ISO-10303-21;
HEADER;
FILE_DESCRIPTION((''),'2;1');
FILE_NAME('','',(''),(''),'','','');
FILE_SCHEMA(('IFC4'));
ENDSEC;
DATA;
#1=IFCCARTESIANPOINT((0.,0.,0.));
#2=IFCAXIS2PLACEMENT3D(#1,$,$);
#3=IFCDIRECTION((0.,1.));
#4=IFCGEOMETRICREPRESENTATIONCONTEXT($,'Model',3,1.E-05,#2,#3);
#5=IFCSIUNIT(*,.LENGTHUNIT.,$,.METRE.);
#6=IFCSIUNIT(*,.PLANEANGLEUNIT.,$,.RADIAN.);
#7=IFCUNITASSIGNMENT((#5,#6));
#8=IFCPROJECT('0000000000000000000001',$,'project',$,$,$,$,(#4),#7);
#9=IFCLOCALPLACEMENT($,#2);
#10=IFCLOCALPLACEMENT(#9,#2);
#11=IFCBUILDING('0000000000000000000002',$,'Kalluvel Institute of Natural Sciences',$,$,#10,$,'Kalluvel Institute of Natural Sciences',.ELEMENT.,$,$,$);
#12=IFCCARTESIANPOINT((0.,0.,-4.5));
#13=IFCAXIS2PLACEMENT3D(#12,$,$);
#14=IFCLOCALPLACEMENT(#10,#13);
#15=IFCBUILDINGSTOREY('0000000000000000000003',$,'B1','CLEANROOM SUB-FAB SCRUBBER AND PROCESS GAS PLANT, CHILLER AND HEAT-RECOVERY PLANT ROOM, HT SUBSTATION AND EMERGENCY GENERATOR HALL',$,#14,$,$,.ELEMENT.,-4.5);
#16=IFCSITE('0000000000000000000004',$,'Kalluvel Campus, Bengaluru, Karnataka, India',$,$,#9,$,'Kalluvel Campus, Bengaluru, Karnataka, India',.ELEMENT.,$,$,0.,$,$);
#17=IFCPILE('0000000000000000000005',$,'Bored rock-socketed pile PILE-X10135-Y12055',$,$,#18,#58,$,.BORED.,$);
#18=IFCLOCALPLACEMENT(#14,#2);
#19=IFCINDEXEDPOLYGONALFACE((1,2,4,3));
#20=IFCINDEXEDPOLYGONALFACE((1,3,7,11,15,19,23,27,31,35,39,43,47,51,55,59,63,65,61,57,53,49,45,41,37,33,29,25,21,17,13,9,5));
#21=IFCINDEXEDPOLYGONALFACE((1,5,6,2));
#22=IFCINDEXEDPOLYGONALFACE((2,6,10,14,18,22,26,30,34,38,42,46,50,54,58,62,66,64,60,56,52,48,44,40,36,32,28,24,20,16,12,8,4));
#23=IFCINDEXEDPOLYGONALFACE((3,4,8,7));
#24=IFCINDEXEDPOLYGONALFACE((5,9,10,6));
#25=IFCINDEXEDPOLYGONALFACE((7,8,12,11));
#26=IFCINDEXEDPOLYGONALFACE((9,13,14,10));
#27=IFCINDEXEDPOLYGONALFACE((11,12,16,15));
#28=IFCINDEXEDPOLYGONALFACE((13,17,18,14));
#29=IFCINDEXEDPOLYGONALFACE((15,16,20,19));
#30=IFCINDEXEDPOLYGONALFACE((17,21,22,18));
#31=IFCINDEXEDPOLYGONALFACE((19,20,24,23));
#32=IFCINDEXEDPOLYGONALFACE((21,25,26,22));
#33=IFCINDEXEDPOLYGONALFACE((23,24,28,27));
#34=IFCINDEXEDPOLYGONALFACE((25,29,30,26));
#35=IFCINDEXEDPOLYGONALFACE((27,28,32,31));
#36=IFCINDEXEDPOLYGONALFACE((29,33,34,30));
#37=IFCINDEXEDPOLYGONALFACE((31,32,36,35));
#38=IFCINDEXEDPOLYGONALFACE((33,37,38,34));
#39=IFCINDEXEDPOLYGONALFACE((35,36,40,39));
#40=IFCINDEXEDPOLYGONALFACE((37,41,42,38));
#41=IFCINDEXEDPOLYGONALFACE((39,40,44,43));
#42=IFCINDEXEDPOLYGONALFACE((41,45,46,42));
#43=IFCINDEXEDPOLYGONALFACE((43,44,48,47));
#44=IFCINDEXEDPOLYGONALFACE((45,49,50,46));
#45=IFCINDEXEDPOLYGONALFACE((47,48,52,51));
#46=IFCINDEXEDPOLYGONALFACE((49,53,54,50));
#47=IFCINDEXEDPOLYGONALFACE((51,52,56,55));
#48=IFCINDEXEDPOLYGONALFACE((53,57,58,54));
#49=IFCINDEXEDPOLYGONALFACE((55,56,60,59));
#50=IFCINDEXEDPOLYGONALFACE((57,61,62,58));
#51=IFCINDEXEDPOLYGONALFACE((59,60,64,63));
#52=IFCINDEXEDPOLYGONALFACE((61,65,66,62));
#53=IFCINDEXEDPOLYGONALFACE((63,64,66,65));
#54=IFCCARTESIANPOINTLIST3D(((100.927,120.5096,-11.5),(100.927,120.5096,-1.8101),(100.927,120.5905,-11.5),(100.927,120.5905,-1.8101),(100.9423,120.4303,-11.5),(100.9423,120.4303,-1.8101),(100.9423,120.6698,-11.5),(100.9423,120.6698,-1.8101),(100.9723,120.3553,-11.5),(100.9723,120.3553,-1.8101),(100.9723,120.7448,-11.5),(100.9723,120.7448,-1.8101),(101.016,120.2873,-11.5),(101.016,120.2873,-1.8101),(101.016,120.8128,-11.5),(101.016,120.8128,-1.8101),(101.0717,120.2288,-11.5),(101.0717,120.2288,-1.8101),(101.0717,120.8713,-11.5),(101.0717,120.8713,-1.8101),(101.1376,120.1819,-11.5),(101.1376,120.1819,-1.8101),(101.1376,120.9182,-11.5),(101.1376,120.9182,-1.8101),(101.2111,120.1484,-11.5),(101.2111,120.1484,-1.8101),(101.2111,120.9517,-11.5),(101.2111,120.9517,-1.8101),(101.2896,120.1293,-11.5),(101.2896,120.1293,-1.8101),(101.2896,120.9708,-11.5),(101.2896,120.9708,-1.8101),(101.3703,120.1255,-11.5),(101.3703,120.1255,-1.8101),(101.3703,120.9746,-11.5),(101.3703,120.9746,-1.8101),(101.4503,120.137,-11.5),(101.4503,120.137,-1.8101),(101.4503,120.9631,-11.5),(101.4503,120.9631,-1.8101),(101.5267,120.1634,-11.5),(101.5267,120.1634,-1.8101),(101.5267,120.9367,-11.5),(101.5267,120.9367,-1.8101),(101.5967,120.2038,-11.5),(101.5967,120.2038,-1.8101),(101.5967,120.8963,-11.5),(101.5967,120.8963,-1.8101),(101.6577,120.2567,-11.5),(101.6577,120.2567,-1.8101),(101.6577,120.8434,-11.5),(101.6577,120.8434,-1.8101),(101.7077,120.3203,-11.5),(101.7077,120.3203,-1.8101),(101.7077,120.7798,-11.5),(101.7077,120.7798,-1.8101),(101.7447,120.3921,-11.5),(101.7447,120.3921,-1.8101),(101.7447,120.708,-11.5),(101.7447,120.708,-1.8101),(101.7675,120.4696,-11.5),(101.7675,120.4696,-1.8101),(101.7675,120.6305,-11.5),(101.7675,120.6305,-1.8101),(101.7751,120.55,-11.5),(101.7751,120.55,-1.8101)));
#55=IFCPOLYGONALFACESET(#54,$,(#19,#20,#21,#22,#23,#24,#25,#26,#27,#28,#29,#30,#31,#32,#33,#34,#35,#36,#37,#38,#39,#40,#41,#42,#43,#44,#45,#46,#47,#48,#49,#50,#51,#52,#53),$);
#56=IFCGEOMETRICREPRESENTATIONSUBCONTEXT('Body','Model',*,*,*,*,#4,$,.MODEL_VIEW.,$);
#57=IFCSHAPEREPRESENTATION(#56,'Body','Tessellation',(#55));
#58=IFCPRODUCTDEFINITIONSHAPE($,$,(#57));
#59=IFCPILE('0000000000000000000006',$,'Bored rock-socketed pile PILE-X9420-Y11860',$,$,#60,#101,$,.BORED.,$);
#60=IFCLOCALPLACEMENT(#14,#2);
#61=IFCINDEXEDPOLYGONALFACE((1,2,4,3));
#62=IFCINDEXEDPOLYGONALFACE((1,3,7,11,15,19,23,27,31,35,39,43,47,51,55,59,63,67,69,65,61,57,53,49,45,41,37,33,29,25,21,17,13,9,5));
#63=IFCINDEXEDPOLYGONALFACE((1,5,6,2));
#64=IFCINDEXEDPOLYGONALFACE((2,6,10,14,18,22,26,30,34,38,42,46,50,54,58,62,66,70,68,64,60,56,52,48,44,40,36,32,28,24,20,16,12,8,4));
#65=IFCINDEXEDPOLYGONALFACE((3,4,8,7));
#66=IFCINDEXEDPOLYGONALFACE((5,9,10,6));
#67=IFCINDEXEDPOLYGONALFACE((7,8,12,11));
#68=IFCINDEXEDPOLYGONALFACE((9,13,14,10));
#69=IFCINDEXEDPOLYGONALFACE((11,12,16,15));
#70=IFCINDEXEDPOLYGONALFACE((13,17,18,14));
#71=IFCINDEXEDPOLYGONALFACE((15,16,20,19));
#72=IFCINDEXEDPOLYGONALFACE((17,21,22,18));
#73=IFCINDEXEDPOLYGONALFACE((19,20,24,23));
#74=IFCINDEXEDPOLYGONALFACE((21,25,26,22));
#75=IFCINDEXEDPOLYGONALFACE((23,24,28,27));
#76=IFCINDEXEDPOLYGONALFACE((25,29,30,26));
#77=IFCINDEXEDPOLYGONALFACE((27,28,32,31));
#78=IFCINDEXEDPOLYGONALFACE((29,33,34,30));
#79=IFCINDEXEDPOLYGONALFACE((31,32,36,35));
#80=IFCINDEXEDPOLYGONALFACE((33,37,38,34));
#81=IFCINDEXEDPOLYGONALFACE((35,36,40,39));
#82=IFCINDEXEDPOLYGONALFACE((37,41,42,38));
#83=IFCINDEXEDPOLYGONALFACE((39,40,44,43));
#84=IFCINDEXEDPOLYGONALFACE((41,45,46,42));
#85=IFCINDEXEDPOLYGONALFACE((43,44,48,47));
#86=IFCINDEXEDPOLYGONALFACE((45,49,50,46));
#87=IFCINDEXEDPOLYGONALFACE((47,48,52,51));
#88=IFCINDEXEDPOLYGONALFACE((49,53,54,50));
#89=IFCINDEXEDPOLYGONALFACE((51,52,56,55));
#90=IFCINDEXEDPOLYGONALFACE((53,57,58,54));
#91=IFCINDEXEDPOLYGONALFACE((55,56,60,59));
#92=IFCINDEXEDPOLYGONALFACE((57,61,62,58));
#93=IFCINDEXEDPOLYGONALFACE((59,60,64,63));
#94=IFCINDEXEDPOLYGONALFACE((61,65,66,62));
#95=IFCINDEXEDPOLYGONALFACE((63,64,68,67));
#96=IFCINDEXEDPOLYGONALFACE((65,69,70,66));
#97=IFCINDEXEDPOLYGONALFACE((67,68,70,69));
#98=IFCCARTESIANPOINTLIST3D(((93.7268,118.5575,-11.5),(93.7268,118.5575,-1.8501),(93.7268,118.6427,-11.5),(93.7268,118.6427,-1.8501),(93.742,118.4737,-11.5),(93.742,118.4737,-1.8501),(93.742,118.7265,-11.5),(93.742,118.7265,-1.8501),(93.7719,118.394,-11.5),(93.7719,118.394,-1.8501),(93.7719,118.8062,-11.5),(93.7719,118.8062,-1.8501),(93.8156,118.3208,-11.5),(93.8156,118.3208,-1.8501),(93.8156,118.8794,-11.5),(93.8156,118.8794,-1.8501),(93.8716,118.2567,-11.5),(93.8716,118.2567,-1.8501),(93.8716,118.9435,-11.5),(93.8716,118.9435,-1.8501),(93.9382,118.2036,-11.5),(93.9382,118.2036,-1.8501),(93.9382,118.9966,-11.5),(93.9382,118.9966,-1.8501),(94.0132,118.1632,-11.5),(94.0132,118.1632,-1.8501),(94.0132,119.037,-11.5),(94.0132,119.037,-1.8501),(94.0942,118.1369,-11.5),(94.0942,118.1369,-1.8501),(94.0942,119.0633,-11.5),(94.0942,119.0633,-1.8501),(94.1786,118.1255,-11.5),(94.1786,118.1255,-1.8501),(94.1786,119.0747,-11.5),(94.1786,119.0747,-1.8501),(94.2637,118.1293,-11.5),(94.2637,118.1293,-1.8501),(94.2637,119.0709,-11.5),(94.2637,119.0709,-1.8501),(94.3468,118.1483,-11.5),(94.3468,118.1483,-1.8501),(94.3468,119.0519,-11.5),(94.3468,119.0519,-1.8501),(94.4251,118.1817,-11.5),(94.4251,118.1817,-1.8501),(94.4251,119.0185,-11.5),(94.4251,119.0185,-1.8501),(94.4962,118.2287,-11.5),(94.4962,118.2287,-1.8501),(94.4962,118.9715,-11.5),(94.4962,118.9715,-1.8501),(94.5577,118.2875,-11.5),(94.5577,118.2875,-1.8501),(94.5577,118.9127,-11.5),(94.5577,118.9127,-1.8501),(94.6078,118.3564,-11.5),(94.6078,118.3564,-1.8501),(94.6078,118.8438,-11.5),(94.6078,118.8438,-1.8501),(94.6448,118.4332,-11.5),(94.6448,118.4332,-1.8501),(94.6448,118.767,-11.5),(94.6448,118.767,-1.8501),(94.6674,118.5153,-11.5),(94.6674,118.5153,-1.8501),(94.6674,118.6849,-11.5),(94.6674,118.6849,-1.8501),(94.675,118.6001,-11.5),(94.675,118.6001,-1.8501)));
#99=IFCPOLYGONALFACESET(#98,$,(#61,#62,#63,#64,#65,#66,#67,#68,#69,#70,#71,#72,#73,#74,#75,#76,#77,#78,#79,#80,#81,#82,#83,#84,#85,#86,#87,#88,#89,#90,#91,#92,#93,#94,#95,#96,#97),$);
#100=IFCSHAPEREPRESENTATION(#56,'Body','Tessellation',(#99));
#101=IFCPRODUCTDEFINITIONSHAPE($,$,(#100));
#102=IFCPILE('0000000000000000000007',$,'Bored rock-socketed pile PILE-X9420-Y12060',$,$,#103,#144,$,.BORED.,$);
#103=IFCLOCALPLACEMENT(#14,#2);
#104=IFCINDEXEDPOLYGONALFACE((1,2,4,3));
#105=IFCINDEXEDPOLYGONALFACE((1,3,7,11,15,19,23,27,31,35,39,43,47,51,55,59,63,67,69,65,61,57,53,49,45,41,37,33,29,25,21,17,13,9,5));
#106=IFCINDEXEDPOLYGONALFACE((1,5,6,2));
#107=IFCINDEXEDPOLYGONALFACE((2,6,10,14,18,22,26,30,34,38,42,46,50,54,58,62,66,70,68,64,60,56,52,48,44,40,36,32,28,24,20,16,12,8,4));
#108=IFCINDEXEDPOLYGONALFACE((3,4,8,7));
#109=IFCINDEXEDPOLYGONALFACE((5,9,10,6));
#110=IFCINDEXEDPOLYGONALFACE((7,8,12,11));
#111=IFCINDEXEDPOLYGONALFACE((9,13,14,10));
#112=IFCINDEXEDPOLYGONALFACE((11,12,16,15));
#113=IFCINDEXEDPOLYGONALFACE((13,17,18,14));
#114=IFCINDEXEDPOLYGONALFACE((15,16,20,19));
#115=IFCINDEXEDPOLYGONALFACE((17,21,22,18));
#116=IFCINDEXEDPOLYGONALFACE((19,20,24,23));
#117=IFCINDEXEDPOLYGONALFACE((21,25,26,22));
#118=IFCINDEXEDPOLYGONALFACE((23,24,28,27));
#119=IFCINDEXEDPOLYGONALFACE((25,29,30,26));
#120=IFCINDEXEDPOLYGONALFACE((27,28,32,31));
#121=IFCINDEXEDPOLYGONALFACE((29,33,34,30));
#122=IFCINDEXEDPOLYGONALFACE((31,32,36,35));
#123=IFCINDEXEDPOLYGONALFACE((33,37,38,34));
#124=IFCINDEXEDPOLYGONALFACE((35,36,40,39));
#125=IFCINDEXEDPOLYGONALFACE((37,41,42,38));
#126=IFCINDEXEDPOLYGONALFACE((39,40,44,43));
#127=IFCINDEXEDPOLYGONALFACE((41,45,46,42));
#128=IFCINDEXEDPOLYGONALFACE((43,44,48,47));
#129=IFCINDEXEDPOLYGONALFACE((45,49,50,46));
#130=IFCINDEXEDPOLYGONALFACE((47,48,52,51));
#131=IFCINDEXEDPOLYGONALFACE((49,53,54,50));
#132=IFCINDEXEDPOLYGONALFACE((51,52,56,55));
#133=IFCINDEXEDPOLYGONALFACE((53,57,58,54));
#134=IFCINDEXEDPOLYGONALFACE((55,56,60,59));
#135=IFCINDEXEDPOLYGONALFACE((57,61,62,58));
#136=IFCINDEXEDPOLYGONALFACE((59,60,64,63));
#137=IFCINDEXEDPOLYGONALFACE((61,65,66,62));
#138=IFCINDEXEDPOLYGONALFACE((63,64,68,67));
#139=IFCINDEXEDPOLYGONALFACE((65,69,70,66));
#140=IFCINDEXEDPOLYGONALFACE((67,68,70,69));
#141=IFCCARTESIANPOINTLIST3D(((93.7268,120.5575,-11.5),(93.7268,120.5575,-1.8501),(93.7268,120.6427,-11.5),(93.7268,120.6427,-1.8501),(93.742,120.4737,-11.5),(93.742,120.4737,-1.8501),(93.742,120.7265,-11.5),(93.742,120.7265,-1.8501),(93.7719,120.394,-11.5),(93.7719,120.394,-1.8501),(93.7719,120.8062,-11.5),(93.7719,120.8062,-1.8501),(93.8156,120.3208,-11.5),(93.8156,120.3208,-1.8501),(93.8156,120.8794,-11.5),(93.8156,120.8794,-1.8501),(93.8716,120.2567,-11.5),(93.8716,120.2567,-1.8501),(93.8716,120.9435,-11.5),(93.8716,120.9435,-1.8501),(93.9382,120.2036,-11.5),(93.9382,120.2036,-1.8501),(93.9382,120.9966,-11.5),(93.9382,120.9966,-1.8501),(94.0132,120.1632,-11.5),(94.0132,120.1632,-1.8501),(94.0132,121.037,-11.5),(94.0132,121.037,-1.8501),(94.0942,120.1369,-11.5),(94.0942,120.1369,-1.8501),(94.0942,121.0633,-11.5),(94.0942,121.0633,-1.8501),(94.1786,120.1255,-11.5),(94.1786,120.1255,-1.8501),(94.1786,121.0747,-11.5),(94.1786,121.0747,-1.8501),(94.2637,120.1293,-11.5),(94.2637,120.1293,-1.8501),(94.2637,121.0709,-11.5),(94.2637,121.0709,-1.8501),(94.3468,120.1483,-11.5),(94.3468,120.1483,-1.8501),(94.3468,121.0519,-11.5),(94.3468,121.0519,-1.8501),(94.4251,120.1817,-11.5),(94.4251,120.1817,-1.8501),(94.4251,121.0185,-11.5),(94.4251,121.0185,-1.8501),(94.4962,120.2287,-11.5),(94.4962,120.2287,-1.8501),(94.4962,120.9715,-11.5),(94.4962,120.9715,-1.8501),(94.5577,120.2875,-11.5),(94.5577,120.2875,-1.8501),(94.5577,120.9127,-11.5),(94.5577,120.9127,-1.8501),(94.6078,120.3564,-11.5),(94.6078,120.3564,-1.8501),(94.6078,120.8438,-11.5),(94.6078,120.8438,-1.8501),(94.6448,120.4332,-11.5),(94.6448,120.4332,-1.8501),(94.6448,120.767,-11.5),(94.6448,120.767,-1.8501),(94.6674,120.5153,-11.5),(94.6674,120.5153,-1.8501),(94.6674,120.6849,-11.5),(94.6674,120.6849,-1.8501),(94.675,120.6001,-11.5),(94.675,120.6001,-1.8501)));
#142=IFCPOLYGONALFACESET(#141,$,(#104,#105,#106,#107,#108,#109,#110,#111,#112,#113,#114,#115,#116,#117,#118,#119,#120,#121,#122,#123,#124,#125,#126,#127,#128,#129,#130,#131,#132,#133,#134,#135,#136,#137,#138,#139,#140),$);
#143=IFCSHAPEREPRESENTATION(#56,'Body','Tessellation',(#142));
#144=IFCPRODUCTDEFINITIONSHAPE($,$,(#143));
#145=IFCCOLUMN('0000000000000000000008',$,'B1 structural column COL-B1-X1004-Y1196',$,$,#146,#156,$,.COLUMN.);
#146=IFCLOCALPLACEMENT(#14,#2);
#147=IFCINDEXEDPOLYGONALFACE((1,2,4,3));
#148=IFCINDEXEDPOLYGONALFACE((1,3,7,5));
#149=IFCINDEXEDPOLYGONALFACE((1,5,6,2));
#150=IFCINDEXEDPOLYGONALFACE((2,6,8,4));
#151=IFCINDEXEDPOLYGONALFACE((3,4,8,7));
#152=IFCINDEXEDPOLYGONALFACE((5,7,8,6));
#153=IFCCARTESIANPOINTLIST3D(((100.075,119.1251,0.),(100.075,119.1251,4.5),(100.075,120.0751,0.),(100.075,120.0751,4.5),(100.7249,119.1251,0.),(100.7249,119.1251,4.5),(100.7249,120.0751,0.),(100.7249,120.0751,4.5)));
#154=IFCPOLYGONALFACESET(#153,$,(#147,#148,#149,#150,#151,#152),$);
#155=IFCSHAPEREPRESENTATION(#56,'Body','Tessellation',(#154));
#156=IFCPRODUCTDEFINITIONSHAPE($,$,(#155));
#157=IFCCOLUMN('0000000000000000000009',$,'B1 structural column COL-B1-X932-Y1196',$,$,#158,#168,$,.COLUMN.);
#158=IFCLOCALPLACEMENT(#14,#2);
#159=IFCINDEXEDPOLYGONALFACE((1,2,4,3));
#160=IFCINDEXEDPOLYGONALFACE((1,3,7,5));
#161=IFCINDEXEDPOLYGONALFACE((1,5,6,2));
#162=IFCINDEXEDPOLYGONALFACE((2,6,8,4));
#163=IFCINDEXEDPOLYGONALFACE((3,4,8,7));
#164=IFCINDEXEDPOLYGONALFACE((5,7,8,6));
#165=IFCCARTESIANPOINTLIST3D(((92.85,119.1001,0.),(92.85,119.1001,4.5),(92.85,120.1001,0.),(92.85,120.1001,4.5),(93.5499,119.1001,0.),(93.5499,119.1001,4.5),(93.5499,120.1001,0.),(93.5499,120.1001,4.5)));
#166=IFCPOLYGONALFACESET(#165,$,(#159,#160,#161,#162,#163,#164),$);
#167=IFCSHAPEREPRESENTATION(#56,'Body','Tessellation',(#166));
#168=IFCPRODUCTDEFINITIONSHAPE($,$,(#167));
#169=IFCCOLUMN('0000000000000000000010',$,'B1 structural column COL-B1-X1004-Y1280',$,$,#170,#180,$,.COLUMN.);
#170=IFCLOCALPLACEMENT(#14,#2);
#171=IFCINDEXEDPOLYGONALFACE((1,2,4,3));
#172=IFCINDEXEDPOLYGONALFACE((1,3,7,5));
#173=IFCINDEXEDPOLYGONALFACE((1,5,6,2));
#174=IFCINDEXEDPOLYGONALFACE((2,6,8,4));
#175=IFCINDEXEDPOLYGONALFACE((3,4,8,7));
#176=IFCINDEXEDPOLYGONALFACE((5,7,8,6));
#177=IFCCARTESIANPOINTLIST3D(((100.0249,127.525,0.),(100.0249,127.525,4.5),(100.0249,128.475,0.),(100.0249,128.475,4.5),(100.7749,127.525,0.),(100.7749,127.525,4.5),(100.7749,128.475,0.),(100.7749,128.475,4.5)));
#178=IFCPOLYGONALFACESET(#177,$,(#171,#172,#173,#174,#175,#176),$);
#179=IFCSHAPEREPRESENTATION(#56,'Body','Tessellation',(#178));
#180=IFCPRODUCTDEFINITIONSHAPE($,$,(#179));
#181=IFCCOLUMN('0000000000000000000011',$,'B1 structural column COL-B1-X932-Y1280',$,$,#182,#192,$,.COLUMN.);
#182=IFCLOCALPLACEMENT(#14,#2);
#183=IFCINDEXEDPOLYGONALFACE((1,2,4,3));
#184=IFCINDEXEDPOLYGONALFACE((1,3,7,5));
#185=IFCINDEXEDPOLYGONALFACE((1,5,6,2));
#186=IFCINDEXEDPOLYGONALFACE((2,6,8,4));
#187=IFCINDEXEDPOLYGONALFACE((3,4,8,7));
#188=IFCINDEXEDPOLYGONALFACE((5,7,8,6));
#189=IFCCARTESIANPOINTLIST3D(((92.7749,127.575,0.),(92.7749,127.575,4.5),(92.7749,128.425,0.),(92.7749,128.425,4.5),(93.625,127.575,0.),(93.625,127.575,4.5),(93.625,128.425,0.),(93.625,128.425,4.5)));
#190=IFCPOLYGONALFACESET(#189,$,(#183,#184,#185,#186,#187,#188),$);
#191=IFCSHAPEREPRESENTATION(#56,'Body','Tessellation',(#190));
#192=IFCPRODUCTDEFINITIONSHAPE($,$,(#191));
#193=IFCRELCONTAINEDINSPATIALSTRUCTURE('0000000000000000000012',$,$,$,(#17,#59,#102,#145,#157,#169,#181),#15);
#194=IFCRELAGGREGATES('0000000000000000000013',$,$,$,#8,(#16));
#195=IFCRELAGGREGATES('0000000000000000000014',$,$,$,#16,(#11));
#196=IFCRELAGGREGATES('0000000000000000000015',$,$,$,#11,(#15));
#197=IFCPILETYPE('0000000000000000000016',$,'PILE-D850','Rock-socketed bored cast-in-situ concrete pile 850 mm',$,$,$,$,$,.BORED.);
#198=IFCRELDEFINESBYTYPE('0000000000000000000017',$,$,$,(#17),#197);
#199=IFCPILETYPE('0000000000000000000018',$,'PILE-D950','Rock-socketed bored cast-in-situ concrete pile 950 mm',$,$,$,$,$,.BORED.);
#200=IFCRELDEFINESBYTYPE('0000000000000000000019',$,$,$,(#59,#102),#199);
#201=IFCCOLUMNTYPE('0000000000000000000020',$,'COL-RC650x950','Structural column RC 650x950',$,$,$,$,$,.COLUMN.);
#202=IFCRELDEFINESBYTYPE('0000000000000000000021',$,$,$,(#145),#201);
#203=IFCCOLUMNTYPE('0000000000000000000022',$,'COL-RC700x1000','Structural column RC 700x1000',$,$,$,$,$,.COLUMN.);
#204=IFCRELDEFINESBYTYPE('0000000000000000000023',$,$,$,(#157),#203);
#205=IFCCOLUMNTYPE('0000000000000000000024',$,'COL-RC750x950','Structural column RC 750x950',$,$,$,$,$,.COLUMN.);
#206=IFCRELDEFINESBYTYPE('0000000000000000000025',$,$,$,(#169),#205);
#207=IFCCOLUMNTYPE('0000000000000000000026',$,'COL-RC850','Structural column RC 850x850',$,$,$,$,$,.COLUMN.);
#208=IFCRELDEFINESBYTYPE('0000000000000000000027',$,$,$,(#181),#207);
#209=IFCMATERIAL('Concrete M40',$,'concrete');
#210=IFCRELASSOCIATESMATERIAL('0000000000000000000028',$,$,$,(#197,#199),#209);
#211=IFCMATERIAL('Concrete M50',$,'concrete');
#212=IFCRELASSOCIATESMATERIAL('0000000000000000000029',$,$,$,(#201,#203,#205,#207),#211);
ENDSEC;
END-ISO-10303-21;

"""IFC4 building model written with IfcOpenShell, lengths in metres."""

from ifc_helpers import new_model, si_unit, direction, frame, origin, origin_2d, place, context, subcontext, project, spatial, rectangle, circle, extrude, material, material_profile, profile_set, type_object, element, save


model = new_model("IFC4")

# Units and contexts
model_context = context("Model", 3, precision=1e-05, world=origin(), true_north=direction((0.0, 1.0)))
body_context = subcontext(model_context, "Body", "Model", "MODEL_VIEW")
ifc_project = project(units=[si_unit("LENGTHUNIT", "METRE"), si_unit("PLANEANGLEUNIT", "RADIAN")], contexts=[model_context])

# Site, building, storey
site_placement = place(None, origin())
site = spatial("IfcSite", under=ifc_project, at=site_placement, Name="Kalluvel Campus, Bengaluru, Karnataka, India", LongName="Kalluvel Campus, Bengaluru, Karnataka, India", CompositionType="ELEMENT", RefElevation=0.0)
building_placement = place(site_placement, origin())
building = spatial("IfcBuilding", under=site, at=building_placement, Name="Kalluvel Institute of Natural Sciences", LongName="Kalluvel Institute of Natural Sciences", CompositionType="ELEMENT")
storey_placement = place(building_placement, frame((0.0, 0.0, -4.5)))
storey = spatial("IfcBuildingStorey", under=building, at=storey_placement, Name="B1", Description="CLEANROOM SUB-FAB SCRUBBER AND PROCESS GAS PLANT, CHILLER AND HEAT-RECOVERY PLANT ROOM, HT SUBSTATION AND EMERGENCY GENERATOR HALL", CompositionType="ELEMENT", Elevation=-4.5)

# Shared definitions
ifc_material_1 = material(Name="Concrete M40", Category="concrete")

# Piles
ifc_material_profile_1 = material_profile(ifc_material_1, circle(Radius=0.425, at=origin_2d()), Name="PILE D850")
ifc_profile_set_1 = profile_set([ifc_material_profile_1], Name="Concrete M40")
pile_type_1 = type_object("IfcPileType", Name="PILE-D850", Description="Rock-socketed bored cast-in-situ concrete pile 850 mm", PredefinedType="BORED", material=ifc_profile_set_1)
for number, where, z_axis, x_axis, name in (
    (1, (101.3501, 120.55, -1.8101), (0.0, 0.0, -1.0), (1.0, 0.0, 0.0), "Bored rock-socketed pile PILE-X10135-Y12055"),
):
    element("IfcPile", number, at=place(storey_placement, frame(where, z_axis=z_axis, x_axis=x_axis)), inside=storey, type_object=pile_type_1, Name=name, PredefinedType="BORED", context=body_context, shape_type="SweptSolid", body=[
        extrude(circle(Radius=0.425, at=origin_2d()), origin(), (0.0, 0.0, 1.0), 9.6899),
    ])
ifc_material_profile_2 = material_profile(ifc_material_1, circle(Radius=0.4751, at=origin_2d()), Name="PILE D950")
ifc_profile_set_2 = profile_set([ifc_material_profile_2], Name="Concrete M40")
pile_type_2 = type_object("IfcPileType", Name="PILE-D950", Description="Rock-socketed bored cast-in-situ concrete pile 950 mm", PredefinedType="BORED", material=ifc_profile_set_2)
for number, where, z_axis, x_axis, name in (
    (2, (94.2, 118.6001, -1.8501), (0.0, 0.0, -1.0), (1.0, 0.0, 0.0), "Bored rock-socketed pile PILE-X9420-Y11860"),
    (3, (94.2, 120.6001, -1.8501), (0.0, 0.0, -1.0), (1.0, 0.0, 0.0), "Bored rock-socketed pile PILE-X9420-Y12060"),
):
    element("IfcPile", number, at=place(storey_placement, frame(where, z_axis=z_axis, x_axis=x_axis)), inside=storey, type_object=pile_type_2, Name=name, PredefinedType="BORED", context=body_context, shape_type="SweptSolid", body=[
        extrude(circle(Radius=0.4751, at=origin_2d()), origin(), (0.0, 0.0, 1.0), 9.6499),
    ])

# Columns
ifc_material_2 = material(Name="Concrete M50", Category="concrete")
ifc_material_profile_3 = material_profile(ifc_material_2, rectangle(XDim=0.6499, YDim=0.95, at=origin_2d()), Name="RC 650x950")
ifc_profile_set_3 = profile_set([ifc_material_profile_3], Name="Concrete M50")
column_type_1 = type_object("IfcColumnType", Name="COL-RC650x950", Description="Structural column RC 650x950", PredefinedType="COLUMN", material=ifc_profile_set_3)
column_1_placement = place(storey_placement, frame((100.3999, 119.6001, 0.0), z_axis=(0.0, 0.0, 1.0), x_axis=(1.0, 0.0, 0.0)))
element("IfcColumn", 4, at=column_1_placement, inside=storey, type_object=column_type_1, Name="B1 structural column COL-B1-X1004-Y1196", PredefinedType="COLUMN", context=body_context, shape_type="SweptSolid", body=[
    extrude(rectangle(XDim=0.6499, YDim=0.95, at=origin_2d()), origin(), (0.0, 0.0, 1.0), 4.5),
])
ifc_material_profile_4 = material_profile(ifc_material_2, rectangle(XDim=0.7, YDim=1.0, at=origin_2d()), Name="RC 700x1000")
ifc_profile_set_4 = profile_set([ifc_material_profile_4], Name="Concrete M50")
column_type_2 = type_object("IfcColumnType", Name="COL-RC700x1000", Description="Structural column RC 700x1000", PredefinedType="COLUMN", material=ifc_profile_set_4)
column_2_placement = place(storey_placement, frame((93.2, 119.6001, 0.0), z_axis=(0.0, 0.0, 1.0), x_axis=(1.0, 0.0, 0.0)))
element("IfcColumn", 5, at=column_2_placement, inside=storey, type_object=column_type_2, Name="B1 structural column COL-B1-X932-Y1196", PredefinedType="COLUMN", context=body_context, shape_type="SweptSolid", body=[
    extrude(rectangle(XDim=0.7, YDim=1.0, at=origin_2d()), origin(), (0.0, 0.0, 1.0), 4.5),
])
ifc_material_profile_5 = material_profile(ifc_material_2, rectangle(XDim=0.75, YDim=0.95, at=origin_2d()), Name="RC 750x950")
ifc_profile_set_5 = profile_set([ifc_material_profile_5], Name="Concrete M50")
column_type_3 = type_object("IfcColumnType", Name="COL-RC750x950", Description="Structural column RC 750x950", PredefinedType="COLUMN", material=ifc_profile_set_5)
column_3_placement = place(storey_placement, frame((100.3999, 128.0, 0.0), z_axis=(0.0, 0.0, 1.0), x_axis=(1.0, 0.0, 0.0)))
element("IfcColumn", 6, at=column_3_placement, inside=storey, type_object=column_type_3, Name="B1 structural column COL-B1-X1004-Y1280", PredefinedType="COLUMN", context=body_context, shape_type="SweptSolid", body=[
    extrude(rectangle(XDim=0.75, YDim=0.95, at=origin_2d()), origin(), (0.0, 0.0, 1.0), 4.5),
])
ifc_material_profile_6 = material_profile(ifc_material_2, rectangle(XDim=0.8501, YDim=0.8501, at=origin_2d()), Name="RC 850x850")
ifc_profile_set_6 = profile_set([ifc_material_profile_6], Name="Concrete M50")
column_type_4 = type_object("IfcColumnType", Name="COL-RC850", Description="Structural column RC 850x850", PredefinedType="COLUMN", material=ifc_profile_set_6)
column_4_placement = place(storey_placement, frame((93.2, 128.0, 0.0), z_axis=(0.0, 0.0, 1.0), x_axis=(1.0, 0.0, 0.0)))
element("IfcColumn", 7, at=column_4_placement, inside=storey, type_object=column_type_4, Name="B1 structural column COL-B1-X932-Y1280", PredefinedType="COLUMN", context=body_context, shape_type="SweptSolid", body=[
    extrude(rectangle(XDim=0.8501, YDim=0.8501, at=origin_2d()), origin(), (0.0, 0.0, 1.0), 4.5),
])

save(model, "model.ifc")
